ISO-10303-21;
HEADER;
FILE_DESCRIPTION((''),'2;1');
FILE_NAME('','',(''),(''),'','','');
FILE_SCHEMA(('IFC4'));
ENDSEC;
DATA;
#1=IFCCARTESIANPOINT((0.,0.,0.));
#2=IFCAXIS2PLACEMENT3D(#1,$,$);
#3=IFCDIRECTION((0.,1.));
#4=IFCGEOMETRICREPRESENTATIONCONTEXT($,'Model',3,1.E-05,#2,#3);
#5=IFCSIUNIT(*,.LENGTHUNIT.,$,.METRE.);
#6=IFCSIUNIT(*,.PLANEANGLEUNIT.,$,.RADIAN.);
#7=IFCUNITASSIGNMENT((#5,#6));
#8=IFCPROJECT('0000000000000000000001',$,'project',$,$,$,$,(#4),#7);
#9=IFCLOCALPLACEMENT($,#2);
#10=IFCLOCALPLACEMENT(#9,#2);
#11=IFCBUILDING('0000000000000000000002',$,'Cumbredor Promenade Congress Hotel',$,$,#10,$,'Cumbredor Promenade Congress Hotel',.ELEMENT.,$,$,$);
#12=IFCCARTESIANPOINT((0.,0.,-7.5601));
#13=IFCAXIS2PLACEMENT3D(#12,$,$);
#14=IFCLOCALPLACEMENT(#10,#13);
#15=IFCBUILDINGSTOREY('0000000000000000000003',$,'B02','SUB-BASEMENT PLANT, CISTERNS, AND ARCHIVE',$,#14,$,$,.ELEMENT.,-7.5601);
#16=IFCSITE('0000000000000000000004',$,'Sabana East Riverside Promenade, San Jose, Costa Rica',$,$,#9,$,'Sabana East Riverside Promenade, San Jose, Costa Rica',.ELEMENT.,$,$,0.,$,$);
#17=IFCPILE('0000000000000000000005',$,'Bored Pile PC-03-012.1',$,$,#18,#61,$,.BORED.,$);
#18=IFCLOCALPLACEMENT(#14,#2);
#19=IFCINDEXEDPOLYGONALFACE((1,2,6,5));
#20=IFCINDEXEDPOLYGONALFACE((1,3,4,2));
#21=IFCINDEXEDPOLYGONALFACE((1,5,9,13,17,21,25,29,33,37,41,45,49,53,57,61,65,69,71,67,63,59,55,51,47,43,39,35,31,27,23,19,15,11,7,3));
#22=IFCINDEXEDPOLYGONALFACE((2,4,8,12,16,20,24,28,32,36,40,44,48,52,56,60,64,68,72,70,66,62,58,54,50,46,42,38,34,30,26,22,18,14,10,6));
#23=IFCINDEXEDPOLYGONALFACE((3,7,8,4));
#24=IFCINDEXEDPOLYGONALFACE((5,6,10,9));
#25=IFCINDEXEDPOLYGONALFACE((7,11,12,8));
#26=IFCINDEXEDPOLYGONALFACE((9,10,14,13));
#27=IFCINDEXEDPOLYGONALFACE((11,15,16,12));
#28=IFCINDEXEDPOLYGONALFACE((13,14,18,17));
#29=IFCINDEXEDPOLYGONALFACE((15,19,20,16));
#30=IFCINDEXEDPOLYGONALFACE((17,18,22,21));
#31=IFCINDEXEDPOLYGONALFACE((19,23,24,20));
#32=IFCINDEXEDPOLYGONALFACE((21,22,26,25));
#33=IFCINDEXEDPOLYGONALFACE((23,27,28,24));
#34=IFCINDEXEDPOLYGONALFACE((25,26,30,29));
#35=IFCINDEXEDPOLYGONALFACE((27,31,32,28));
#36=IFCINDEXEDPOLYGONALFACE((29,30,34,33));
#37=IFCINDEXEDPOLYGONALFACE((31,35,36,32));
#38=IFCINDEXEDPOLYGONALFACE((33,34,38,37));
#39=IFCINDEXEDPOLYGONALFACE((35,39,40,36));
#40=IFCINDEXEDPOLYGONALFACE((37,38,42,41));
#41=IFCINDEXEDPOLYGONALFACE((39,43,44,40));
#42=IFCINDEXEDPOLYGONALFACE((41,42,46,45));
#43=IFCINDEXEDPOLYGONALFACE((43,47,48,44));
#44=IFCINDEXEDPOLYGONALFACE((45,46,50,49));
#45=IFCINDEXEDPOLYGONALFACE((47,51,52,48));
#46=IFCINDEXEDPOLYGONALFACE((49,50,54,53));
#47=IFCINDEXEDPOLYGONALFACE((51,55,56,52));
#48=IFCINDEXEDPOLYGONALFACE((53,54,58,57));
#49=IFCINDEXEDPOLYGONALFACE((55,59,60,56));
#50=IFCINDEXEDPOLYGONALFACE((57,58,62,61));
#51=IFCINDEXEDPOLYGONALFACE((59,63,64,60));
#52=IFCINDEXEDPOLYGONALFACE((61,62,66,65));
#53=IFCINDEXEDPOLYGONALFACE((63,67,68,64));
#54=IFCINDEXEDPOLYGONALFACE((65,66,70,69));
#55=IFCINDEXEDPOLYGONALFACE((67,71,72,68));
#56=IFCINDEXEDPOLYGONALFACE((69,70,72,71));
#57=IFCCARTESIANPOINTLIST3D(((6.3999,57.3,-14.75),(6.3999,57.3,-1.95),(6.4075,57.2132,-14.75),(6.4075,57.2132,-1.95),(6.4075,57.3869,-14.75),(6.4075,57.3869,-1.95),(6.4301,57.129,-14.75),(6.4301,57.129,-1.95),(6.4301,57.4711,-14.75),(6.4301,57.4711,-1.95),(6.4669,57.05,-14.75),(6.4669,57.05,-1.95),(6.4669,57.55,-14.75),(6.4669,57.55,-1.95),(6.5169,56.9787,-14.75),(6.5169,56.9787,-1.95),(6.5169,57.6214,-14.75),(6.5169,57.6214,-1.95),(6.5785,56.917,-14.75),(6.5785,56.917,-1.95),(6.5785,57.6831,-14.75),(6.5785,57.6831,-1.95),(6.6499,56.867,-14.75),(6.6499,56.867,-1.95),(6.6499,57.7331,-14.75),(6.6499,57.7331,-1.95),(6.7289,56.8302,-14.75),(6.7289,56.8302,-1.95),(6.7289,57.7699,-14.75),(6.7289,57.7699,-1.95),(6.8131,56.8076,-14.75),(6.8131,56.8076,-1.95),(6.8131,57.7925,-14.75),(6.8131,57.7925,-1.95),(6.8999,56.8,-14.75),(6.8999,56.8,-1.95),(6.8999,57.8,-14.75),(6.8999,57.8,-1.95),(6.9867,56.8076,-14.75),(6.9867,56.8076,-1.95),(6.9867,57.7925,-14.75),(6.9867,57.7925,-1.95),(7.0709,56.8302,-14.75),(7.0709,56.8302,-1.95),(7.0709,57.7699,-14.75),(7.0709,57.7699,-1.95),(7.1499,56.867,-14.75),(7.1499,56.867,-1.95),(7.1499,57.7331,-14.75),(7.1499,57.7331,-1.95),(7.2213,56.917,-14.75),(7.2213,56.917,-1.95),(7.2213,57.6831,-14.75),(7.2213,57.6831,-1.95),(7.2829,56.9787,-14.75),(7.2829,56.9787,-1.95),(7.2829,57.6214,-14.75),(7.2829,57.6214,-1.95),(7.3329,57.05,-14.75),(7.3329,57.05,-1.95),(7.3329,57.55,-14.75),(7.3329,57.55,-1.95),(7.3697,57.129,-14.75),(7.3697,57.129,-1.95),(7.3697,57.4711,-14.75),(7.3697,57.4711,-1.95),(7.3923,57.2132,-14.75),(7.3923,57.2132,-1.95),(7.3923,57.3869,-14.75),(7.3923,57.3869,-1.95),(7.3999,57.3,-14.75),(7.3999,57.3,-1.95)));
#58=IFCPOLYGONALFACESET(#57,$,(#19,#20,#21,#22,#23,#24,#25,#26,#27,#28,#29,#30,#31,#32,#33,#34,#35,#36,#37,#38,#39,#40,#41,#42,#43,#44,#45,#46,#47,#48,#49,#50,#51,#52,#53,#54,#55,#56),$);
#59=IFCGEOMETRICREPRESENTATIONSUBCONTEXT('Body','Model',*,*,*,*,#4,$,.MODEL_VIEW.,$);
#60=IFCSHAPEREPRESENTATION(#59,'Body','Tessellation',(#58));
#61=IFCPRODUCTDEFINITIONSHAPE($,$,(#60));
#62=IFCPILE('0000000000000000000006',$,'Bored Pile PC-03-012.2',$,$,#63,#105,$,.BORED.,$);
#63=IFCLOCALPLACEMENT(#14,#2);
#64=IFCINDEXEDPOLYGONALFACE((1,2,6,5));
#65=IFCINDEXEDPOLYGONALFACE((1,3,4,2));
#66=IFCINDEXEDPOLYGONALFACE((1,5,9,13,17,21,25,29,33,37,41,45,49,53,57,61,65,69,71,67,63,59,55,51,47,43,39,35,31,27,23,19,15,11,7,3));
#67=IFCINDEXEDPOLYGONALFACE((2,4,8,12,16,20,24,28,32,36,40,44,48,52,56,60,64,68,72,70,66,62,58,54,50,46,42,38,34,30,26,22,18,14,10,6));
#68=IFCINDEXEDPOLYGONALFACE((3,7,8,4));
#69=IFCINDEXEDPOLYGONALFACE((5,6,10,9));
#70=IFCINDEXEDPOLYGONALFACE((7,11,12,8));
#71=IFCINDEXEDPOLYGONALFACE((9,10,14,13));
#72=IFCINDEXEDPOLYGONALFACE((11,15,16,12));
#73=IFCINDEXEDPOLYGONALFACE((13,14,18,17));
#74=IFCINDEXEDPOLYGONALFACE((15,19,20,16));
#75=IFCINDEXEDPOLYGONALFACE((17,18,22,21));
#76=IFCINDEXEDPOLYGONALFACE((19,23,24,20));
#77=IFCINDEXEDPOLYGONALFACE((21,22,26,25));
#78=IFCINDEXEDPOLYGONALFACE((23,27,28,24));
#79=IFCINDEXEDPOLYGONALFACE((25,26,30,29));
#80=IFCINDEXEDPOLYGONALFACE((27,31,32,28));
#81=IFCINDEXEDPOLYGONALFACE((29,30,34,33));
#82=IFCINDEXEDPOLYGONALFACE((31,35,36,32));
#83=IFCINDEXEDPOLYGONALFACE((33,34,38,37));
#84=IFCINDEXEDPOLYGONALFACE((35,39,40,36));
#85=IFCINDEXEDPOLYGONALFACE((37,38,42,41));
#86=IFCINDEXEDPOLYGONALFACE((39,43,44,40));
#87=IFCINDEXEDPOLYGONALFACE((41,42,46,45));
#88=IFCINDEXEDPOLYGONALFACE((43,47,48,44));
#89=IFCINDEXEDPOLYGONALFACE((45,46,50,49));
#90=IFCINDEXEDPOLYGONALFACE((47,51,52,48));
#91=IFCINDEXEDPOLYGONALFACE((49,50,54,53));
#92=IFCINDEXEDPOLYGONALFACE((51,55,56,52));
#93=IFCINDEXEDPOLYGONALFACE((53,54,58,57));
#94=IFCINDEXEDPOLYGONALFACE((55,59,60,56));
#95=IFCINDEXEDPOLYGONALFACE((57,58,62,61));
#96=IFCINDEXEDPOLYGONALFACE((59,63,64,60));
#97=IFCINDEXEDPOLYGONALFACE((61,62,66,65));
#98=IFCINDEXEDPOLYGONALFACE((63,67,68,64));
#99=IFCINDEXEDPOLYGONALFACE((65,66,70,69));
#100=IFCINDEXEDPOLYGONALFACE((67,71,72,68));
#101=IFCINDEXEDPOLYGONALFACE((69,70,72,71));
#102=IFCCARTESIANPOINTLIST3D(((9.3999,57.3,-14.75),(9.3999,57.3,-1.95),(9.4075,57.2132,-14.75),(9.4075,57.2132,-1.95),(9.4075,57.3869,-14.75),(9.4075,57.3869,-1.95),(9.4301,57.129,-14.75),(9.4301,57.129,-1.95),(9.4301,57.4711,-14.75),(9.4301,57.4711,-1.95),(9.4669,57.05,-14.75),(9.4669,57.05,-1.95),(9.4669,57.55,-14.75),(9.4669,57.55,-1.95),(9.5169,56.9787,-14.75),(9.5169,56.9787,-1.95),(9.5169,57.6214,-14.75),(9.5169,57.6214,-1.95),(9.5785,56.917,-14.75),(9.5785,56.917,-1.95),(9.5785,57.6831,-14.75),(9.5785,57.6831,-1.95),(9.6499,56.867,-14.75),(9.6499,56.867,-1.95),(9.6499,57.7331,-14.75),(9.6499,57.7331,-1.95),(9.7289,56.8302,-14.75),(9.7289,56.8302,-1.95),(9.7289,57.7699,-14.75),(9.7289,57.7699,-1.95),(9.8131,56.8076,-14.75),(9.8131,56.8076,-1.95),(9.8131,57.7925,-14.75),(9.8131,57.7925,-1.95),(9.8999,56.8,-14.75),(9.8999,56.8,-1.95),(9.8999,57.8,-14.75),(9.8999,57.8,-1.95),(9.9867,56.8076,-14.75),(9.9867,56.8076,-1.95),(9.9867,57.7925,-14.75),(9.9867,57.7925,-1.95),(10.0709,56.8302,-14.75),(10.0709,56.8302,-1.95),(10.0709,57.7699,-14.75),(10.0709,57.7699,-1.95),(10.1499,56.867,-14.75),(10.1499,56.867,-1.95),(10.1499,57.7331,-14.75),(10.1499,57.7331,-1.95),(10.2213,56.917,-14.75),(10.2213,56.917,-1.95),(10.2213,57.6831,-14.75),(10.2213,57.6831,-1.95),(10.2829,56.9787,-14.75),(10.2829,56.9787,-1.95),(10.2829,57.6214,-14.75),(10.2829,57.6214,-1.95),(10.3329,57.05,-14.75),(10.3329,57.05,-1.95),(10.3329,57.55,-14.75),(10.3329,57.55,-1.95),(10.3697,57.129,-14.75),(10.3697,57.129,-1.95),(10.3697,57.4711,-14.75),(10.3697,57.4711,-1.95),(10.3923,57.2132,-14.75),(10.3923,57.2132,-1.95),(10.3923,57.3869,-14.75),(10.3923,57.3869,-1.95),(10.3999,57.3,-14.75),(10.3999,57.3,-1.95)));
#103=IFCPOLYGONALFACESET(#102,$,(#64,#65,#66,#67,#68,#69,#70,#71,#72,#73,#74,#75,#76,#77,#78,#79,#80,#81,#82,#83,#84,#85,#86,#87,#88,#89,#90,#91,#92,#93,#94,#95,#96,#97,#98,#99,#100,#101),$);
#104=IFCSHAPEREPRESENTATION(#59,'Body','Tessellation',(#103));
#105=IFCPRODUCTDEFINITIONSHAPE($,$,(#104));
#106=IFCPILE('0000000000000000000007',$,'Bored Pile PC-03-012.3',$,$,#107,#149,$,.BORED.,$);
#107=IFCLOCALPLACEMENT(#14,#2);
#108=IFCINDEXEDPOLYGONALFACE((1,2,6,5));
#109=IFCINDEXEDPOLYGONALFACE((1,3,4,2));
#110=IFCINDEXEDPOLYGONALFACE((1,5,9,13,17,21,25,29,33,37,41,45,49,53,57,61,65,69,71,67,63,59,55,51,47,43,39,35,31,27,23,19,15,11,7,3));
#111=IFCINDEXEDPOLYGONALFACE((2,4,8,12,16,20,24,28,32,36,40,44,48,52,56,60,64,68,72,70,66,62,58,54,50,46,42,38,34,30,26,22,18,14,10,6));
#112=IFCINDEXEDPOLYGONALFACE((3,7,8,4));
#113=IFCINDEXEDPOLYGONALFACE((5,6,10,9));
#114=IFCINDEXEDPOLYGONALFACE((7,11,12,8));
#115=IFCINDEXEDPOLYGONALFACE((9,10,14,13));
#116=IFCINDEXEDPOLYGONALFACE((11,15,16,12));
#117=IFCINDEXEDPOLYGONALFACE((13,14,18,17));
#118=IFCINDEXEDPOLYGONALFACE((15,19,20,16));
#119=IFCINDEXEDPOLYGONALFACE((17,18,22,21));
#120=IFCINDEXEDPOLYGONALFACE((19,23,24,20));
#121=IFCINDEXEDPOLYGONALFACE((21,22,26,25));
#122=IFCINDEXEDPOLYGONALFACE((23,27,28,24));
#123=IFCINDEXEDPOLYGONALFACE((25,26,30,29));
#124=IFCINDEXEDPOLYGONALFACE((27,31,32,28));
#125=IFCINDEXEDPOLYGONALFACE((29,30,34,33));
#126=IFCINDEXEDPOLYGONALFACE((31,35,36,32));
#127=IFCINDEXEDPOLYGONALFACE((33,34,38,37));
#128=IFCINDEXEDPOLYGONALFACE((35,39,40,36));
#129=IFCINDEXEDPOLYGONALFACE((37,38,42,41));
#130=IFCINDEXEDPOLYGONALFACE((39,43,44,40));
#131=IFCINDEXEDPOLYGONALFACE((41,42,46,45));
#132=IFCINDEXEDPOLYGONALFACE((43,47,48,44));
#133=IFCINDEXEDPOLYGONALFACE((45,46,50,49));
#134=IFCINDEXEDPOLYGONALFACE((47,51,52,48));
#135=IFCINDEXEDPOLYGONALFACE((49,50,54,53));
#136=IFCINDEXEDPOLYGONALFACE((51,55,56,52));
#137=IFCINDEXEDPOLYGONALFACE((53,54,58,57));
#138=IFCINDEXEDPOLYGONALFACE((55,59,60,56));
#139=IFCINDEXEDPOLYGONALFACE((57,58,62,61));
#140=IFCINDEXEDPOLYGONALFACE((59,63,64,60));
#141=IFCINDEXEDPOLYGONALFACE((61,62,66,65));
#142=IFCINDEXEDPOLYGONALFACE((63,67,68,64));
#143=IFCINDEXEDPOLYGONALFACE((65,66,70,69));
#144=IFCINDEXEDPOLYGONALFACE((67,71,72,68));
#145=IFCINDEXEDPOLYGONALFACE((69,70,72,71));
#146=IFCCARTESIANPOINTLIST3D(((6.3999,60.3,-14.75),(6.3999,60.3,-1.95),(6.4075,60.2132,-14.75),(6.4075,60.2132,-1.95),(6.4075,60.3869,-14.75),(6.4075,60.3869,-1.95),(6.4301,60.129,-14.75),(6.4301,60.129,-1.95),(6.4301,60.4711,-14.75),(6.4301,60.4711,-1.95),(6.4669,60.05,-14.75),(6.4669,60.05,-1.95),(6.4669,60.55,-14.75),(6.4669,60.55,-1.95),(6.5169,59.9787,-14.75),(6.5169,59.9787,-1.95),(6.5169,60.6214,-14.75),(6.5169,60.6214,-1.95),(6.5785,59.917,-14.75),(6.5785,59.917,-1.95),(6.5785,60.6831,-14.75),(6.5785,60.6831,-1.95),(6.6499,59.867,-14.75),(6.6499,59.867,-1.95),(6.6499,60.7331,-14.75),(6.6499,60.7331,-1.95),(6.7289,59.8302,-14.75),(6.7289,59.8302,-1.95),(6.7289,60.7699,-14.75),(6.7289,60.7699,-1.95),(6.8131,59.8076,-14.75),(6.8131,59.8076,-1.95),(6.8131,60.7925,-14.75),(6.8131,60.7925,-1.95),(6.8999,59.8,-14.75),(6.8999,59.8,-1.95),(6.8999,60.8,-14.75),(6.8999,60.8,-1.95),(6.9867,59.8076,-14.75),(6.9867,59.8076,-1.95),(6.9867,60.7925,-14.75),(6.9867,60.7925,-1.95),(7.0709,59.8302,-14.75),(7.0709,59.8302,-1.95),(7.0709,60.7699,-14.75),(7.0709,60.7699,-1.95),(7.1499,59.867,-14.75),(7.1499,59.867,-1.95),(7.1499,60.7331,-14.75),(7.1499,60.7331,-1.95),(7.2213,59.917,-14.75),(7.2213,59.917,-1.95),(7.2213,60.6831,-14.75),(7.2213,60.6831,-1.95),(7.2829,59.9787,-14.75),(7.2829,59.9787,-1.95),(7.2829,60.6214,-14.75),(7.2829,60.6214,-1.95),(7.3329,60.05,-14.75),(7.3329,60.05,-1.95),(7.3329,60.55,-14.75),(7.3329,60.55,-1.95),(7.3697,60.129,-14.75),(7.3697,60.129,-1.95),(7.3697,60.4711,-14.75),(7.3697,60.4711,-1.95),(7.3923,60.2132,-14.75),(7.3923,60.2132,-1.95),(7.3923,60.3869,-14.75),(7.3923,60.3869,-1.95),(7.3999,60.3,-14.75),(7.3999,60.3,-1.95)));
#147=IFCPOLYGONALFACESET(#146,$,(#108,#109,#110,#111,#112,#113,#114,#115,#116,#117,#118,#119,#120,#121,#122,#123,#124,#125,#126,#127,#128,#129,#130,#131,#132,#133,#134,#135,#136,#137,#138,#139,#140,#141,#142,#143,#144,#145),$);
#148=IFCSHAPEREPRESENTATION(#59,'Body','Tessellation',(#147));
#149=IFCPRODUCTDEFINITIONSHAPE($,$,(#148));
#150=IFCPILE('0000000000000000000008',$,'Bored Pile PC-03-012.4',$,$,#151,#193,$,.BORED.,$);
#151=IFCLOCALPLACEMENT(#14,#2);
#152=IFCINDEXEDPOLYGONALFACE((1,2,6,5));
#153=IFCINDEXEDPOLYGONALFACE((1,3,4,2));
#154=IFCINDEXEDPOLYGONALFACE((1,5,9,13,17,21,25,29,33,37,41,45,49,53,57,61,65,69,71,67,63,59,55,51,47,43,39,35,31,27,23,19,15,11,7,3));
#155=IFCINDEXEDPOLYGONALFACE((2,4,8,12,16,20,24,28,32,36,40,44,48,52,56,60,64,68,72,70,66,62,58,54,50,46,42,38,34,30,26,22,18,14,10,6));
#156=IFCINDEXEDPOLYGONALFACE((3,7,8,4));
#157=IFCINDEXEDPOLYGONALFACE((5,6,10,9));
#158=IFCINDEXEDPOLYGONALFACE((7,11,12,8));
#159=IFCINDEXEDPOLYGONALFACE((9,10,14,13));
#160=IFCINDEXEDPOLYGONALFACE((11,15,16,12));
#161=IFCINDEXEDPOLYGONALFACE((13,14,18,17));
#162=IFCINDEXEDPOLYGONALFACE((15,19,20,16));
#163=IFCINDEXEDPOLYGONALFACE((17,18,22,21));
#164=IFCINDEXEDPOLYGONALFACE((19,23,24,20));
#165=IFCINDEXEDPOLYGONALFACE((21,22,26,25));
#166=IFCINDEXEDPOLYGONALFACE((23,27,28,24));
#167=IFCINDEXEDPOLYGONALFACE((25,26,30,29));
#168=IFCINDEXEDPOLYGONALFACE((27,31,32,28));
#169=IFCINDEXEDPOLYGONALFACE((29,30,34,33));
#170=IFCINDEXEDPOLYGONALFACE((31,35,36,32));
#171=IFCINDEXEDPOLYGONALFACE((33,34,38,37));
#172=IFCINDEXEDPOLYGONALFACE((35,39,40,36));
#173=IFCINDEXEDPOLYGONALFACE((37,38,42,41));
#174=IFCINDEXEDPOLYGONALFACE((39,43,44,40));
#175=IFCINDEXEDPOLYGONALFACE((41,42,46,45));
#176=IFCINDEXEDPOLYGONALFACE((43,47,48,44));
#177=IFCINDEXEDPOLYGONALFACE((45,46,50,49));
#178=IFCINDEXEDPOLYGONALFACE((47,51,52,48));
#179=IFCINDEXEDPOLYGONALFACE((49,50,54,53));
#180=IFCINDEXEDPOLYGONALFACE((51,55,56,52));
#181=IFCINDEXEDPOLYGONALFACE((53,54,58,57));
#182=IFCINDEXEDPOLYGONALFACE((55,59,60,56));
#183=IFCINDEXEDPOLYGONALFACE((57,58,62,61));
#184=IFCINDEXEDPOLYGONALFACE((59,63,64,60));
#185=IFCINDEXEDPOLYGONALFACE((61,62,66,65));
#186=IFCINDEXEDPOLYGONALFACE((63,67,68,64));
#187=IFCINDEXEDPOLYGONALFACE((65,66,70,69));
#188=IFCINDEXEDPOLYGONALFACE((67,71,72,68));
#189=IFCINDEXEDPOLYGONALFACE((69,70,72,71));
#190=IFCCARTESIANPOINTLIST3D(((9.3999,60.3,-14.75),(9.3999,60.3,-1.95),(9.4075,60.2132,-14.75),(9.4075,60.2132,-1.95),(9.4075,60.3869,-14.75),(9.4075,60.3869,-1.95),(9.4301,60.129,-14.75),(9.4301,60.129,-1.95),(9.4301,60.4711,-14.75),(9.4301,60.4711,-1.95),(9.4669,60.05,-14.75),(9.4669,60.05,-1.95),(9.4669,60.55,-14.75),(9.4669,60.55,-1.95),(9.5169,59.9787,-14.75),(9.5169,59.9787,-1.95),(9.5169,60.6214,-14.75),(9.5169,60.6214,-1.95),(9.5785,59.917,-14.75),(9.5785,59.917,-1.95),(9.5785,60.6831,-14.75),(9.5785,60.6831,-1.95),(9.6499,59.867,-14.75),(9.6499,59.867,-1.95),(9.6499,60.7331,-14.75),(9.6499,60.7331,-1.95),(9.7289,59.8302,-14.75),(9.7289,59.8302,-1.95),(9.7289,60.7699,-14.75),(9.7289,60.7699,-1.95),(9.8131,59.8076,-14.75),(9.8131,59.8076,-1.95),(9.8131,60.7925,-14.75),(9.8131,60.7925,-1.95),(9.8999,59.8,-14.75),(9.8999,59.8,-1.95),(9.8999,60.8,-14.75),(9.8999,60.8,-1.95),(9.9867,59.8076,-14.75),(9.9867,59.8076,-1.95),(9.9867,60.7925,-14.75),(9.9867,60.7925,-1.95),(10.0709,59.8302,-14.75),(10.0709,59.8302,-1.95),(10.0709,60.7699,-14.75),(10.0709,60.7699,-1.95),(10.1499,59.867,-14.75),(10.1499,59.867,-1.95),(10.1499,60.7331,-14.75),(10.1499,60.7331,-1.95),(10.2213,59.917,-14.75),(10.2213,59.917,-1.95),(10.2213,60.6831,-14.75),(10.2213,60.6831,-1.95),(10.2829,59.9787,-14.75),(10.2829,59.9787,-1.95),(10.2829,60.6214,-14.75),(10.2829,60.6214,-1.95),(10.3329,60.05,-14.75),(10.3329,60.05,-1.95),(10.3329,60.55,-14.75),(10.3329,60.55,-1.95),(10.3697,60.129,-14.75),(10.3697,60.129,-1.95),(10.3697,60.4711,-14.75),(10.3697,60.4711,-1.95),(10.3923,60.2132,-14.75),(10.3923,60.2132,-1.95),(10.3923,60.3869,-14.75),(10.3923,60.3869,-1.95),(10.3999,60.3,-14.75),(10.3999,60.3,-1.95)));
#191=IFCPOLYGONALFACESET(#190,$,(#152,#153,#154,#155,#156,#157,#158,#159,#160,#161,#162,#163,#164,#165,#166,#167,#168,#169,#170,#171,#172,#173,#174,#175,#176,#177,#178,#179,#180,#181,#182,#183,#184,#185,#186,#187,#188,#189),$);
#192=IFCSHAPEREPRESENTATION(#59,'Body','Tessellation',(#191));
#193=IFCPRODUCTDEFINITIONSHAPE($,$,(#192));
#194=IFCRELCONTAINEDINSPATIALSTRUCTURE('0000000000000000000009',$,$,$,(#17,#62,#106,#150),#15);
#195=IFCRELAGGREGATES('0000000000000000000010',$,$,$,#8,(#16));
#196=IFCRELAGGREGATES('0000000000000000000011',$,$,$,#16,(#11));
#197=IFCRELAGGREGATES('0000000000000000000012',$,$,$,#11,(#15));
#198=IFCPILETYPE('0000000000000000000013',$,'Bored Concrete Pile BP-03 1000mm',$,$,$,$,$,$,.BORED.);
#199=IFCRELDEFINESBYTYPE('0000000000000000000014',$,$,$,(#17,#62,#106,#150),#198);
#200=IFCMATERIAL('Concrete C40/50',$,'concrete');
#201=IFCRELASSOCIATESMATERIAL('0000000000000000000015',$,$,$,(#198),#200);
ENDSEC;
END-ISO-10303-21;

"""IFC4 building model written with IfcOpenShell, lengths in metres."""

from ifc_helpers import new_model, si_unit, direction, frame, origin, origin_2d, place, context, subcontext, project, spatial, circle, extrude, material, material_profile, profile_set, type_object, element, save


model = new_model("IFC4")

# Units and contexts
model_context = context("Model", 3, precision=1e-05, world=origin(), true_north=direction((0.0, 1.0)))
body_context = subcontext(model_context, "Body", "Model", "MODEL_VIEW")
ifc_project = project(units=[si_unit("LENGTHUNIT", "METRE"), si_unit("PLANEANGLEUNIT", "RADIAN")], contexts=[model_context])

# Site, building, storey
site_placement = place(None, origin())
site = spatial("IfcSite", under=ifc_project, at=site_placement, Name="Sabana East Riverside Promenade, San Jose, Costa Rica", LongName="Sabana East Riverside Promenade, San Jose, Costa Rica", CompositionType="ELEMENT", RefElevation=0.0)
building_placement = place(site_placement, origin())
building = spatial("IfcBuilding", under=site, at=building_placement, Name="Cumbredor Promenade Congress Hotel", LongName="Cumbredor Promenade Congress Hotel", CompositionType="ELEMENT")
storey_placement = place(building_placement, frame((0.0, 0.0, -7.5601)))
storey = spatial("IfcBuildingStorey", under=building, at=storey_placement, Name="B02", Description="SUB-BASEMENT PLANT, CISTERNS, AND ARCHIVE", CompositionType="ELEMENT", Elevation=-7.5601)

# Piles
ifc_material_1 = material(Name="Concrete C40/50", Category="concrete")
ifc_material_profile_1 = material_profile(ifc_material_1, circle(Radius=0.5, at=origin_2d()), Name="PILE D1000")
ifc_profile_set_1 = profile_set([ifc_material_profile_1], Name="Concrete C40/50")
pile_type = type_object("IfcPileType", Name="Bored Concrete Pile BP-03 1000mm", PredefinedType="BORED", material=ifc_profile_set_1)
for number, where, z_axis, x_axis, name in (
    (1, (6.8999, 57.3, -1.95), (0.0, 0.0, -1.0), (1.0, 0.0, 0.0), "Bored Pile PC-03-012.1"),
    (2, (9.8999, 57.3, -1.95), (0.0, 0.0, -1.0), (1.0, 0.0, 0.0), "Bored Pile PC-03-012.2"),
    (3, (6.8999, 60.3, -1.95), (0.0, 0.0, -1.0), (1.0, 0.0, 0.0), "Bored Pile PC-03-012.3"),
    (4, (9.8999, 60.3, -1.95), (0.0, 0.0, -1.0), (1.0, 0.0, 0.0), "Bored Pile PC-03-012.4"),
):
    element("IfcPile", number, at=place(storey_placement, frame(where, z_axis=z_axis, x_axis=x_axis)), inside=storey, type_object=pile_type, Name=name, PredefinedType="BORED", context=body_context, shape_type="SweptSolid", body=[
        extrude(circle(Radius=0.5, at=origin_2d()), origin(), (0.0, 0.0, 1.0), 12.8),
    ])

save(model, "model.ifc")
